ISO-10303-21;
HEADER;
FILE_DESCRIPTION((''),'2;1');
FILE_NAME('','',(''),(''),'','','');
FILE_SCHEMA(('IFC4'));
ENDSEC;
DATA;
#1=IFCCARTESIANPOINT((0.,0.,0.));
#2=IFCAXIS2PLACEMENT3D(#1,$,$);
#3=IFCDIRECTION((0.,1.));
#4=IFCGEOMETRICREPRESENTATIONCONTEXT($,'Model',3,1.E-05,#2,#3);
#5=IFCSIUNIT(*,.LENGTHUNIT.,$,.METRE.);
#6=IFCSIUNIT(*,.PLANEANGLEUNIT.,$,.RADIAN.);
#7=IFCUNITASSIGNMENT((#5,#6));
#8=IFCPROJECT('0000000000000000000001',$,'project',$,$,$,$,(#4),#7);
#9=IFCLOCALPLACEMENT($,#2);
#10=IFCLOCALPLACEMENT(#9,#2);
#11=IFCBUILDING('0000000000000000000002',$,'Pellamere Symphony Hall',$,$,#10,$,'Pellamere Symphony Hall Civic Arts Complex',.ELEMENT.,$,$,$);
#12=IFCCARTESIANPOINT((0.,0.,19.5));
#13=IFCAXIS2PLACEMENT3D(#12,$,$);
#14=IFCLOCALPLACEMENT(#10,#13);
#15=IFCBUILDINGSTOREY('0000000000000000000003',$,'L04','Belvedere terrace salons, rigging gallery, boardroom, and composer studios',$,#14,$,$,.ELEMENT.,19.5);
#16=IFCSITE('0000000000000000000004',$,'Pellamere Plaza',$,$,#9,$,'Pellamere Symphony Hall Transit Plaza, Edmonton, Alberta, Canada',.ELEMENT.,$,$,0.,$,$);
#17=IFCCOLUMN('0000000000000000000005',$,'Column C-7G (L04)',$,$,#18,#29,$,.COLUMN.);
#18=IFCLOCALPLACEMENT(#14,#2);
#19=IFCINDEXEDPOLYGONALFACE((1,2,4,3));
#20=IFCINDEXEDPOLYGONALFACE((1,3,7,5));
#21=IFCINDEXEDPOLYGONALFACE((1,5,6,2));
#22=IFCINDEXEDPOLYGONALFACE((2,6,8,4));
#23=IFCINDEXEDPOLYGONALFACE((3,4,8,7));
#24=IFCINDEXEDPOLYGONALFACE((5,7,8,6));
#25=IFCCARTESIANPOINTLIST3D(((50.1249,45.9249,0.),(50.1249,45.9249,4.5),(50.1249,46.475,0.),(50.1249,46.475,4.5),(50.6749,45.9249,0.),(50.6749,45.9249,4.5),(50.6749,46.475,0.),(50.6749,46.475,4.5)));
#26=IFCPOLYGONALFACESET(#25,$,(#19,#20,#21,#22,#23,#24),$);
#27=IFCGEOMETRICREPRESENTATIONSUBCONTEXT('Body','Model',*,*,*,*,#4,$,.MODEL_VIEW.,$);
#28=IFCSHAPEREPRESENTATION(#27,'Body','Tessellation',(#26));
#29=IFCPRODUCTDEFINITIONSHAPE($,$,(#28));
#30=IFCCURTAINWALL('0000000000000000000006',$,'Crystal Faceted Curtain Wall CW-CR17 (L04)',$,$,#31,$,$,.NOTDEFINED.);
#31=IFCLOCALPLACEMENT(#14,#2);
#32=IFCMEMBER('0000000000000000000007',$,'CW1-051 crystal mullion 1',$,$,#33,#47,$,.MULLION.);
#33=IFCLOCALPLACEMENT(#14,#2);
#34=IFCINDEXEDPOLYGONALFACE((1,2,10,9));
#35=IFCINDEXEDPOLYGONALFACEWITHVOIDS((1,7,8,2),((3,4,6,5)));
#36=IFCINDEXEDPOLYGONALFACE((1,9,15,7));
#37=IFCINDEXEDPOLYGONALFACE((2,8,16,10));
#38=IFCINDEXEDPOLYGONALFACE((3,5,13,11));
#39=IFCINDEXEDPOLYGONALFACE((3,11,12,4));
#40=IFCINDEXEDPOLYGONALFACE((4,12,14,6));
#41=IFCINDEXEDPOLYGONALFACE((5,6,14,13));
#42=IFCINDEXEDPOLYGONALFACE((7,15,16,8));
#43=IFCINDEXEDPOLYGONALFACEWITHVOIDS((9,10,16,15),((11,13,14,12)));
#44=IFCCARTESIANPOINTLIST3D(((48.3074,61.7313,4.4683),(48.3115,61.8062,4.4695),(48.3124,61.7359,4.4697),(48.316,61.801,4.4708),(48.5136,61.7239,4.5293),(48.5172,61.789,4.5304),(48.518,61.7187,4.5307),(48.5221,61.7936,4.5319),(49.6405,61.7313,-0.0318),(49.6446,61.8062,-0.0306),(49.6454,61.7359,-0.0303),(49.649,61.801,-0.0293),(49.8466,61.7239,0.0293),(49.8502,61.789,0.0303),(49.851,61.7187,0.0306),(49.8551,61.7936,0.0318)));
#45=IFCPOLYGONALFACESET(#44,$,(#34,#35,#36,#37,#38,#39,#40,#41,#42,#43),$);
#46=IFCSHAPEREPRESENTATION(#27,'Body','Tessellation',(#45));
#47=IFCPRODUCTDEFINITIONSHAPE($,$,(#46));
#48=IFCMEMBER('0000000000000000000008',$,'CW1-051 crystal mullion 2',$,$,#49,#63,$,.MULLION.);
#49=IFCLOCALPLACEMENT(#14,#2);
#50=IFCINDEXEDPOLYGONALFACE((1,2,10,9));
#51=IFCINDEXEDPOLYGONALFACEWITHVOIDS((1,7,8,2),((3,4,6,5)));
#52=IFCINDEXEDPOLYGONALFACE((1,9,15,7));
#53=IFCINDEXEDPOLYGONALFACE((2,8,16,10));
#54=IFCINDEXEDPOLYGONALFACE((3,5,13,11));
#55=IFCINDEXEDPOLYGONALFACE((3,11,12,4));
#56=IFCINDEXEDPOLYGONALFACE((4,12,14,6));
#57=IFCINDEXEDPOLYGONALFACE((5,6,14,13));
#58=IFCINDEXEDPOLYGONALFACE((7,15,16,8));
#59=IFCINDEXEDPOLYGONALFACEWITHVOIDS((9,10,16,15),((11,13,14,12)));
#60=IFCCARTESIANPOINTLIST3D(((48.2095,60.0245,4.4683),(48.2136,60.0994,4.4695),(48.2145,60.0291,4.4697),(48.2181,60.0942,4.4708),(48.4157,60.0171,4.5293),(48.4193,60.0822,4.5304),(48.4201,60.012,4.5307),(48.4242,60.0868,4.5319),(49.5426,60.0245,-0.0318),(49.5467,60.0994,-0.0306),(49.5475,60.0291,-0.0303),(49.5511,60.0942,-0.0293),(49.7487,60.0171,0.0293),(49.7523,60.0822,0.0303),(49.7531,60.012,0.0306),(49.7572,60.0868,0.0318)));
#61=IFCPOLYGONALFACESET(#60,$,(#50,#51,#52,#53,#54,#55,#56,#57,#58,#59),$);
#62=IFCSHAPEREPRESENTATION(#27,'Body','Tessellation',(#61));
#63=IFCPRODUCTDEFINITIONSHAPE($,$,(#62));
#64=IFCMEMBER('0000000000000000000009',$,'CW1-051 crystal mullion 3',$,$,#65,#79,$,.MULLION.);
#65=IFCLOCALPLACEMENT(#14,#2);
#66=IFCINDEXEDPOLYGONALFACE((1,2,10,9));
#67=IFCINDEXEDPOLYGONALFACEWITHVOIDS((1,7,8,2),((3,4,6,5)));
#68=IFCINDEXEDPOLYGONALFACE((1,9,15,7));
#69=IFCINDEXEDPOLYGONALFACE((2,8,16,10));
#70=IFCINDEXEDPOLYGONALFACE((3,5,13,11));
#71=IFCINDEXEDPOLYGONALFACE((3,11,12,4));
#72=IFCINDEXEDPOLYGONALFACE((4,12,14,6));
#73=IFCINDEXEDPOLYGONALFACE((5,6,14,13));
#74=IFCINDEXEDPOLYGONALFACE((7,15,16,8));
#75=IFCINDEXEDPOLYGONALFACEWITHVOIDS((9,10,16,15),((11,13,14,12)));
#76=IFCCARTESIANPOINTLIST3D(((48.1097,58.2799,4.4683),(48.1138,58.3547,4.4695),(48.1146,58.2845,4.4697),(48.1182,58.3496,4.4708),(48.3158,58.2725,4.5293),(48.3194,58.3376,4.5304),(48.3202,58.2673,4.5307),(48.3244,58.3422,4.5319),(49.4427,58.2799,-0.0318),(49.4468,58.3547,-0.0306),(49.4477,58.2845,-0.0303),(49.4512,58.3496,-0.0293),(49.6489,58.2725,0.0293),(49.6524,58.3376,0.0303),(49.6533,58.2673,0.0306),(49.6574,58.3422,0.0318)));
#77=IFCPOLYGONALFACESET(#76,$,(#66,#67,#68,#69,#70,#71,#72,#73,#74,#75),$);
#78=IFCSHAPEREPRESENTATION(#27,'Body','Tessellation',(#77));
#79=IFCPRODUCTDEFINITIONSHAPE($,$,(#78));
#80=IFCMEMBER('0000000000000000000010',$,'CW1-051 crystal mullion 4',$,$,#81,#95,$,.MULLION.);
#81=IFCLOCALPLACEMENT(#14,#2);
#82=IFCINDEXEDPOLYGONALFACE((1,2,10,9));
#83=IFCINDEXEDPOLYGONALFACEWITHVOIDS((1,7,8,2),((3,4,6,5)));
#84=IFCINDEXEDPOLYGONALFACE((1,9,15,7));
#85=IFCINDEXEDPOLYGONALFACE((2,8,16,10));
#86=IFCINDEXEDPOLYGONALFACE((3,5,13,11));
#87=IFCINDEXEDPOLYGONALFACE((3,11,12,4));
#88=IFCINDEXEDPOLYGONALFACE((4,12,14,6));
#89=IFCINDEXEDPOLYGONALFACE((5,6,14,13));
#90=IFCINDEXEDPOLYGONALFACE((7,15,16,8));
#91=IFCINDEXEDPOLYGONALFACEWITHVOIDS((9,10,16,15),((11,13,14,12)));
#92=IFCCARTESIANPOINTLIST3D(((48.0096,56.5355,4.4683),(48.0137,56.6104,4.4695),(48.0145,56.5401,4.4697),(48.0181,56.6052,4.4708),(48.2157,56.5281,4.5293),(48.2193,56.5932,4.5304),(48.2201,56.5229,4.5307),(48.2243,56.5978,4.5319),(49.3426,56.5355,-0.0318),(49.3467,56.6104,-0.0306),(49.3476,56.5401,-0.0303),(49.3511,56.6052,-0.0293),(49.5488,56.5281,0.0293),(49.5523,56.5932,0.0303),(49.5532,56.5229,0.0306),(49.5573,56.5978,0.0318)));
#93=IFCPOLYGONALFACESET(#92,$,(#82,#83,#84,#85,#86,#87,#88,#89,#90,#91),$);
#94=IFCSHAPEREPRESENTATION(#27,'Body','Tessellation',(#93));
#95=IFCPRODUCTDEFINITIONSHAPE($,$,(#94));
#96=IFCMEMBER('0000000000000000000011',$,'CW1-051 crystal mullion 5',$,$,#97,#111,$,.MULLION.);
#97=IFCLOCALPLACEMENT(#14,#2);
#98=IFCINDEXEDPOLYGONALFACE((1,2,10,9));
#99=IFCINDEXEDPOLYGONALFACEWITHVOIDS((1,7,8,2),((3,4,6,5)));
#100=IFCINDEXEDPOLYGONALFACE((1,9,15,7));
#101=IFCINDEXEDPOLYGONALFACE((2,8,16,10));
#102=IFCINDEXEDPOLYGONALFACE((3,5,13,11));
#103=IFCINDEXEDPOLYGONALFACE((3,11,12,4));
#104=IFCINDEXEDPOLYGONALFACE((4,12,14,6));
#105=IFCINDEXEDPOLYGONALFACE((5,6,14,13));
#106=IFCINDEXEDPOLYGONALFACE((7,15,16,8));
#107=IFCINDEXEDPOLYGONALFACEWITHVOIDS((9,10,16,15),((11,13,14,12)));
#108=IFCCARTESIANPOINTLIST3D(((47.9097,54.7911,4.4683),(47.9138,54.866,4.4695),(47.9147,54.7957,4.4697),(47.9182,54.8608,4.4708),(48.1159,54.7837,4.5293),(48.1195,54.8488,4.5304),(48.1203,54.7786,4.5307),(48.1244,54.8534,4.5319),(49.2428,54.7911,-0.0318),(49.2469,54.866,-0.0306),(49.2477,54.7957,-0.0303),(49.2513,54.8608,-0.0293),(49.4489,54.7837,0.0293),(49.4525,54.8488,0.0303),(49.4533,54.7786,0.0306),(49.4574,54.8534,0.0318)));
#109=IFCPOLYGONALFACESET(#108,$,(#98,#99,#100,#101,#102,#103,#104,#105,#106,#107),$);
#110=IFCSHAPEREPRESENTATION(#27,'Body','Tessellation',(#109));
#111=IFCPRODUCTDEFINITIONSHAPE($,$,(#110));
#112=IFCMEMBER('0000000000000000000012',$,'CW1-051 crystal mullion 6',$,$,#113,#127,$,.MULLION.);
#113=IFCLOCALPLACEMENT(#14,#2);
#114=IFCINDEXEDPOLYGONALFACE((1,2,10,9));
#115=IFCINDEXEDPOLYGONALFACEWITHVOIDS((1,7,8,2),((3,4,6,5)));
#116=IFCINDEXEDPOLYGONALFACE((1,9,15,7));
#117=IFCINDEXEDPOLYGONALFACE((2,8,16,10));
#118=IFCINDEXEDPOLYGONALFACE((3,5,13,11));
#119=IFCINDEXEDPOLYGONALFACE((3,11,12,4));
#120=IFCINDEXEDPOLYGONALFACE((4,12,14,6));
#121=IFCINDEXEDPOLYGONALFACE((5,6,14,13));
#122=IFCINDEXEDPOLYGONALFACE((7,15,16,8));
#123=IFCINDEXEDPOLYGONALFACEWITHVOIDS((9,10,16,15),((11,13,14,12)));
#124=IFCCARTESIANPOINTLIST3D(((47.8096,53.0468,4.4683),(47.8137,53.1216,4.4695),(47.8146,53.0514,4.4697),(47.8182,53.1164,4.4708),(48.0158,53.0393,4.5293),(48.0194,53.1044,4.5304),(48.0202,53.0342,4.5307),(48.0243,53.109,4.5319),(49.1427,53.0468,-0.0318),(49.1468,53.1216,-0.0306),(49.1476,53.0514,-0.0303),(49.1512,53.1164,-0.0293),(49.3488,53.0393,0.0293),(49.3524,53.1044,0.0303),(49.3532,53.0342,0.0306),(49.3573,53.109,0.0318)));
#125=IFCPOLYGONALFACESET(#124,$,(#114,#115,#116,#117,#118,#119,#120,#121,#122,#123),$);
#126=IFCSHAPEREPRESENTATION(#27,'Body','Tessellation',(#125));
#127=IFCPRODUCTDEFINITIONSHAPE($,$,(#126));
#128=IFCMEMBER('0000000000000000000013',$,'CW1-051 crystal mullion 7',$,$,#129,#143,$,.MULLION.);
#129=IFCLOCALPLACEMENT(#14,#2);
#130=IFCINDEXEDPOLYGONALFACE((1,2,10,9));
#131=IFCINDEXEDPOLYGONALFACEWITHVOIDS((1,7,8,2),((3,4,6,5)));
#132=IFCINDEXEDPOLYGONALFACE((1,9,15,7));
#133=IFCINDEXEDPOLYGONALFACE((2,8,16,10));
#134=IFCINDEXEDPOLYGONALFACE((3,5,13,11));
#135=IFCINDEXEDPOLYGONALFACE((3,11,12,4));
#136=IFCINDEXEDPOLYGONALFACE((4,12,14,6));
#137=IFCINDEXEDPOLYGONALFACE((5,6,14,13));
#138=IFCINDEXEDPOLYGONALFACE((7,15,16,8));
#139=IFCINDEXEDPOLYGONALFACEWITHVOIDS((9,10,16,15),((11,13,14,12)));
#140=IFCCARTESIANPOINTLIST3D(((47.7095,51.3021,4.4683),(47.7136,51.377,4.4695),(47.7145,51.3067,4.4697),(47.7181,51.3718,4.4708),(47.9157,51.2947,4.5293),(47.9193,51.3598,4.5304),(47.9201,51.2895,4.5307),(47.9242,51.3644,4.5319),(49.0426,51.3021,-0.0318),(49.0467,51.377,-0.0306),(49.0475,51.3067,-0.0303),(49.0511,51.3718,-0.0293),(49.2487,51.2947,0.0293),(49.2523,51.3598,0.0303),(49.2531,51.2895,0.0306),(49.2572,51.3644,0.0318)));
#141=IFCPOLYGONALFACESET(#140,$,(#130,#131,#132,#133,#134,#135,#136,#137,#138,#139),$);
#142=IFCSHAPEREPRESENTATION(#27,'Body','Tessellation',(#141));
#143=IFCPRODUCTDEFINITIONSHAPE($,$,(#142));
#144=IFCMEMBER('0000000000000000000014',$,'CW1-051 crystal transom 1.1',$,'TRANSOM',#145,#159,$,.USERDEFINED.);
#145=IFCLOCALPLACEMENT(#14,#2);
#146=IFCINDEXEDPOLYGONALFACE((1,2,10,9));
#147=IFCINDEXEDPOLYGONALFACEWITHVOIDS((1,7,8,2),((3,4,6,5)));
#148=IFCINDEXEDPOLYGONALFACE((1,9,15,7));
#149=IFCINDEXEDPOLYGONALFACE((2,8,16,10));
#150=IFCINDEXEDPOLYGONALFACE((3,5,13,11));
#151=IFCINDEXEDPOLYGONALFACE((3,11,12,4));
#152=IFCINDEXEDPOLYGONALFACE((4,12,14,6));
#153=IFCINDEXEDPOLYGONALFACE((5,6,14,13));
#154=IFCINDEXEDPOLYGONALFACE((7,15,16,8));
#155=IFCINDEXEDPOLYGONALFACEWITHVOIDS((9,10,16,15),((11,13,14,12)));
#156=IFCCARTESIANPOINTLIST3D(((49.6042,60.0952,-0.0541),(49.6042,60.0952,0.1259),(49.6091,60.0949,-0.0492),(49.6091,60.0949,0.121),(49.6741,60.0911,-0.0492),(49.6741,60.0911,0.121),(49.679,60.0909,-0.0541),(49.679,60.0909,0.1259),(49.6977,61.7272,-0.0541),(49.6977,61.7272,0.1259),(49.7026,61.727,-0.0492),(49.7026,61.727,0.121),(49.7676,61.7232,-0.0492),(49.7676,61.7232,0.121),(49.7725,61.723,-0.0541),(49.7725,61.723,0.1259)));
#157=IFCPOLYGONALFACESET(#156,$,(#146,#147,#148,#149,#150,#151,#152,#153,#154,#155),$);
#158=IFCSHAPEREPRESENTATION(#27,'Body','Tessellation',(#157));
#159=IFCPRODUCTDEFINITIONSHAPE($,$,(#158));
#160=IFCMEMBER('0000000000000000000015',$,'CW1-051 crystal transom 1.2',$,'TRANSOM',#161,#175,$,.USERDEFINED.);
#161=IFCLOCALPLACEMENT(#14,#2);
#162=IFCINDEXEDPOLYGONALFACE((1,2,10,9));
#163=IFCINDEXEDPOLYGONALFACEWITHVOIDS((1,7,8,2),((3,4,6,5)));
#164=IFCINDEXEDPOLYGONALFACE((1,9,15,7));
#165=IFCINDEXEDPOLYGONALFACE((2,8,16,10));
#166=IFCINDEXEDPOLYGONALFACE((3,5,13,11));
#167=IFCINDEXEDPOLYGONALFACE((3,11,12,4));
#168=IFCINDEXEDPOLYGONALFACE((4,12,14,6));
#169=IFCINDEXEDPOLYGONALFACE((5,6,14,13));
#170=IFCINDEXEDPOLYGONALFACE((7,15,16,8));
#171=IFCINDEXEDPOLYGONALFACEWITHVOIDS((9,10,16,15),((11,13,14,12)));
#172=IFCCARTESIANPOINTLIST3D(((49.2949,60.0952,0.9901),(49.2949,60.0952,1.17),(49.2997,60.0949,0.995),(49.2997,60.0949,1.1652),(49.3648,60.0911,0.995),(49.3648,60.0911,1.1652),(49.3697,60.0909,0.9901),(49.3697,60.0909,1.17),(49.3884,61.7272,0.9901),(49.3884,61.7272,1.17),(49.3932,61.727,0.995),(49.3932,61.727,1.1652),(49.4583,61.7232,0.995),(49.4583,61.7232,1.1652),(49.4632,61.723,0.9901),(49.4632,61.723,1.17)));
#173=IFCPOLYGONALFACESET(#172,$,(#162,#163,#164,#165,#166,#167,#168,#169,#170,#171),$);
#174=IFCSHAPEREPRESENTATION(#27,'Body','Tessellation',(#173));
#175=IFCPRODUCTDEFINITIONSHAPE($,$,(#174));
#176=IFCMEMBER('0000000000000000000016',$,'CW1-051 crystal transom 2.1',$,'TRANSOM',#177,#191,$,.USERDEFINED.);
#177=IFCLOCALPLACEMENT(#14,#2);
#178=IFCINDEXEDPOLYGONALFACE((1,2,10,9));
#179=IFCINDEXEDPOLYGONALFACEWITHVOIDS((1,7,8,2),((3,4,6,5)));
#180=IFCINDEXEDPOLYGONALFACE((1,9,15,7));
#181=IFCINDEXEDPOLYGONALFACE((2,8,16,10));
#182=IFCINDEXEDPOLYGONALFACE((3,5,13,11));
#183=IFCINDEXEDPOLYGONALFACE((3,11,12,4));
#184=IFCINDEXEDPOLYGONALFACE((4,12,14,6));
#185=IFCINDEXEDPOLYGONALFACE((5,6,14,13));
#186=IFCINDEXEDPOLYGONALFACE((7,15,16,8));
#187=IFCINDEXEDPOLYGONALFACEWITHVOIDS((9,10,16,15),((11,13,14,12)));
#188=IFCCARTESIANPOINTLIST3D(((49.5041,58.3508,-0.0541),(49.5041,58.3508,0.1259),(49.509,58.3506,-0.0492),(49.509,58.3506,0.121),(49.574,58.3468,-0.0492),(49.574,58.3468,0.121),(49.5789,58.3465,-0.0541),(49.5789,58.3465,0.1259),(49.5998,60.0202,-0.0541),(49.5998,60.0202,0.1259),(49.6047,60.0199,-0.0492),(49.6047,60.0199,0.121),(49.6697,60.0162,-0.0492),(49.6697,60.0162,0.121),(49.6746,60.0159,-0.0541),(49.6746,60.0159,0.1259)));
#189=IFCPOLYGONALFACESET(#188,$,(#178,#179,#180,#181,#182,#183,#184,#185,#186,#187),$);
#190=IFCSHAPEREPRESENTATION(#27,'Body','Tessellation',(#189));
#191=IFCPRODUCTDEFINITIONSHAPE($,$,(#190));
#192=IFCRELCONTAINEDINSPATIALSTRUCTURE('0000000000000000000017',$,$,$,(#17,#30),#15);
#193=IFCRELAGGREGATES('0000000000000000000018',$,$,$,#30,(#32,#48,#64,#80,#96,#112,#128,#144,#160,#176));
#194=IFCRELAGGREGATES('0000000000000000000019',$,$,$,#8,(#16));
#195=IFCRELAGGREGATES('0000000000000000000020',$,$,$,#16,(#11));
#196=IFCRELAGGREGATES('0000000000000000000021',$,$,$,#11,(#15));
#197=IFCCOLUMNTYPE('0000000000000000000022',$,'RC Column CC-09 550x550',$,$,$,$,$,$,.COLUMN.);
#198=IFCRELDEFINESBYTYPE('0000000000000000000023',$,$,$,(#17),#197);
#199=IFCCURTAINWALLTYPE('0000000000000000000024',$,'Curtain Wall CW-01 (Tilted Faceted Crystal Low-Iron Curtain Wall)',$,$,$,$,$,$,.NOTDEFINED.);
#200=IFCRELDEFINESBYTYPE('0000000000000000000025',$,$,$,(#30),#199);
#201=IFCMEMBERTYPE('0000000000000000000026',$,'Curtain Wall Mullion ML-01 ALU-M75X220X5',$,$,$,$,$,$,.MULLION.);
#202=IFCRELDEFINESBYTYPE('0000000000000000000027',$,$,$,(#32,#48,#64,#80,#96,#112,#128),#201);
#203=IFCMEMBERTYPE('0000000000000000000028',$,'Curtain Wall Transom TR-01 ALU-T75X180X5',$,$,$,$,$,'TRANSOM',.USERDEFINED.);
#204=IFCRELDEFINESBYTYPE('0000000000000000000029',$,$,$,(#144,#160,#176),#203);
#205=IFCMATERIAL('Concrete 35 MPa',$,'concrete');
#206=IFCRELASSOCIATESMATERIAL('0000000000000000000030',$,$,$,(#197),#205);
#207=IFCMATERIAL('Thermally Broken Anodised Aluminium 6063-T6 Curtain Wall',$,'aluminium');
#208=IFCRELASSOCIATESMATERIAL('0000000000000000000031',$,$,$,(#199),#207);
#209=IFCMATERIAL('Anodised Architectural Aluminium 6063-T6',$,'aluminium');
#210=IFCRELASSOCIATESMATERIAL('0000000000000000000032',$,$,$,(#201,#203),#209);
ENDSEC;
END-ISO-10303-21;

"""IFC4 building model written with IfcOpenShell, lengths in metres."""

from ifc_helpers import new_model, si_unit, direction, frame, origin, origin_2d, place, context, subcontext, project, spatial, rectangle, hollow_rectangle, extrude, material, material_profile, profile_set, type_object, element, aggregate, save


model = new_model("IFC4")

# Units and contexts
model_context = context("Model", 3, precision=1e-05, world=origin(), true_north=direction((0.0, 1.0)))
body_context = subcontext(model_context, "Body", "Model", "MODEL_VIEW")
ifc_project = project(units=[si_unit("LENGTHUNIT", "METRE"), si_unit("PLANEANGLEUNIT", "RADIAN")], contexts=[model_context])

# Site, building, storey
site_placement = place(None, origin())
site = spatial("IfcSite", under=ifc_project, at=site_placement, Name="Pellamere Plaza", LongName="Pellamere Symphony Hall Transit Plaza, Edmonton, Alberta, Canada", CompositionType="ELEMENT", RefElevation=0.0)
building_placement = place(site_placement, origin())
building = spatial("IfcBuilding", under=site, at=building_placement, Name="Pellamere Symphony Hall", LongName="Pellamere Symphony Hall Civic Arts Complex", CompositionType="ELEMENT")
storey_placement = place(building_placement, frame((0.0, 0.0, 19.5)))
storey = spatial("IfcBuildingStorey", under=building, at=storey_placement, Name="L04", Description="Belvedere terrace salons, rigging gallery, boardroom, and composer studios", CompositionType="ELEMENT", Elevation=19.5)

# Column
ifc_material_1 = material(Name="Concrete 35 MPa", Category="concrete")
ifc_material_profile_1 = material_profile(ifc_material_1, rectangle(XDim=0.55, YDim=0.55, at=origin_2d()), Name="RC 550x550")
ifc_profile_set_1 = profile_set([ifc_material_profile_1], Name="Concrete 35 MPa")
column_type = type_object("IfcColumnType", Name="RC Column CC-09 550x550", PredefinedType="COLUMN", material=ifc_profile_set_1)
column_placement = place(storey_placement, frame((50.3999, 46.2, 0.0), z_axis=(0.0, 0.0, 1.0), x_axis=(1.0, 0.0, 0.0)))
element("IfcColumn", 1, at=column_placement, inside=storey, type_object=column_type, Name="Column C-7G (L04)", PredefinedType="COLUMN", context=body_context, shape_type="SweptSolid", body=[
    extrude(rectangle(XDim=0.55, YDim=0.55, at=origin_2d()), origin(), (0.0, 0.0, 1.0), 4.5),
])

# Curtain wall, members
ifc_material_2 = material(Name="Thermally Broken Anodised Aluminium 6063-T6 Curtain Wall", Category="aluminium")
curtain_wall_type = type_object("IfcCurtainWallType", Name="Curtain Wall CW-01 (Tilted Faceted Crystal Low-Iron Curtain Wall)", PredefinedType="NOTDEFINED", material=ifc_material_2)
curtain_wall_placement = place(storey_placement, origin())
curtain_wall = element("IfcCurtainWall", 2, at=curtain_wall_placement, inside=storey, type_object=curtain_wall_type, Name="Crystal Faceted Curtain Wall CW-CR17 (L04)", PredefinedType="NOTDEFINED")
ifc_material_3 = material(Name="Anodised Architectural Aluminium 6063-T6", Category="aluminium")
ifc_material_profile_2 = material_profile(ifc_material_3, hollow_rectangle(XDim=0.075, YDim=0.22, WallThickness=0.0049, at=origin_2d()), Name="ALU-M75X220X5")
ifc_profile_set_2 = profile_set([ifc_material_profile_2], Name="Anodised Architectural Aluminium 6063-T6")
member_type_1 = type_object("IfcMemberType", Name="Curtain Wall Mullion ML-01 ALU-M75X220X5", PredefinedType="MULLION", material=ifc_profile_set_2)
member_1_placement = place(storey_placement, frame((49.7478, 61.7625, 0.0), z_axis=(-0.284025, 0.0, 0.958817), x_axis=(-0.054874, -0.998361, -0.016255)))
member_1 = element("IfcMember", 3, at=member_1_placement, type_object=member_type_1, Name="CW1-051 crystal mullion 1", PredefinedType="MULLION", context=body_context, shape_type="SweptSolid", body=[
    extrude(hollow_rectangle(XDim=0.075, YDim=0.22, WallThickness=0.0049, at=origin_2d()), origin(), (0.0, 0.0, 1.0), 4.6934),
])
member_2_placement = place(storey_placement, frame((49.6499, 60.0557, 0.0), z_axis=(-0.284025, 0.0, 0.958817), x_axis=(-0.054874, -0.998361, -0.016255)))
member_2 = element("IfcMember", 4, at=member_2_placement, type_object=member_type_1, Name="CW1-051 crystal mullion 2", PredefinedType="MULLION", context=body_context, shape_type="SweptSolid", body=[
    extrude(hollow_rectangle(XDim=0.075, YDim=0.22, WallThickness=0.0049, at=origin_2d()), origin(), (0.0, 0.0, 1.0), 4.6934),
])
member_3_placement = place(storey_placement, frame((49.55, 58.311, 0.0), z_axis=(-0.284025, 0.0, 0.958817), x_axis=(-0.054874, -0.998361, -0.016255)))
member_3 = element("IfcMember", 5, at=member_3_placement, type_object=member_type_1, Name="CW1-051 crystal mullion 3", PredefinedType="MULLION", context=body_context, shape_type="SweptSolid", body=[
    extrude(hollow_rectangle(XDim=0.075, YDim=0.22, WallThickness=0.0049, at=origin_2d()), origin(), (0.0, 0.0, 1.0), 4.6934),
])
member_4_placement = place(storey_placement, frame((49.45, 56.5667, 0.0), z_axis=(-0.284025, 0.0, 0.958817), x_axis=(-0.054874, -0.998361, -0.016255)))
member_4 = element("IfcMember", 6, at=member_4_placement, type_object=member_type_1, Name="CW1-051 crystal mullion 4", PredefinedType="MULLION", context=body_context, shape_type="SweptSolid", body=[
    extrude(hollow_rectangle(XDim=0.075, YDim=0.22, WallThickness=0.0049, at=origin_2d()), origin(), (0.0, 0.0, 1.0), 4.6934),
])
member_5_placement = place(storey_placement, frame((49.3501, 54.8223, 0.0), z_axis=(-0.284025, 0.0, 0.958817), x_axis=(-0.054874, -0.998361, -0.016255)))
member_5 = element("IfcMember", 7, at=member_5_placement, type_object=member_type_1, Name="CW1-051 crystal mullion 5", PredefinedType="MULLION", context=body_context, shape_type="SweptSolid", body=[
    extrude(hollow_rectangle(XDim=0.075, YDim=0.22, WallThickness=0.0049, at=origin_2d()), origin(), (0.0, 0.0, 1.0), 4.6934),
])
member_6_placement = place(storey_placement, frame((49.25, 53.0779, 0.0), z_axis=(-0.284025, 0.0, 0.958817), x_axis=(-0.054874, -0.998361, -0.016255)))
member_6 = element("IfcMember", 8, at=member_6_placement, type_object=member_type_1, Name="CW1-051 crystal mullion 6", PredefinedType="MULLION", context=body_context, shape_type="SweptSolid", body=[
    extrude(hollow_rectangle(XDim=0.075, YDim=0.22, WallThickness=0.0049, at=origin_2d()), origin(), (0.0, 0.0, 1.0), 4.6934),
])
member_7_placement = place(storey_placement, frame((49.1499, 51.3333, 0.0), z_axis=(-0.284025, 0.0, 0.958817), x_axis=(-0.054874, -0.998361, -0.016255)))
member_7 = element("IfcMember", 9, at=member_7_placement, type_object=member_type_1, Name="CW1-051 crystal mullion 7", PredefinedType="MULLION", context=body_context, shape_type="SweptSolid", body=[
    extrude(hollow_rectangle(XDim=0.075, YDim=0.22, WallThickness=0.0049, at=origin_2d()), origin(), (0.0, 0.0, 1.0), 4.6934),
])
ifc_material_profile_3 = material_profile(ifc_material_3, hollow_rectangle(XDim=0.075, YDim=0.1799, WallThickness=0.0049, at=origin_2d()), Name="ALU-T75X180X5")
ifc_profile_set_3 = profile_set([ifc_material_profile_3], Name="Anodised Architectural Aluminium 6063-T6")
member_type_2 = type_object("IfcMemberType", Name="Curtain Wall Transom TR-01 ALU-T75X180X5", ElementType="TRANSOM", PredefinedType="USERDEFINED", material=ifc_profile_set_3)
member_8_placement = place(storey_placement, frame((49.7351, 61.7251, 0.0359), z_axis=(-0.057199, -0.998363, 0.0), x_axis=(0.998363, -0.057199, 0.0)))
member_8 = element("IfcMember", 10, at=member_8_placement, type_object=member_type_2, Name="CW1-051 crystal transom 1.1", ObjectType="TRANSOM", PredefinedType="USERDEFINED", context=body_context, shape_type="SweptSolid", body=[
    extrude(hollow_rectangle(XDim=0.075, YDim=0.1799, WallThickness=0.0049, at=origin_2d()), origin(), (0.0, 0.0, 1.0), 1.6348),
])
member_9_placement = place(storey_placement, frame((49.4258, 61.7251, 1.0801), z_axis=(-0.057199, -0.998363, 0.0), x_axis=(0.998363, -0.057199, 0.0)))
member_9 = element("IfcMember", 11, at=member_9_placement, type_object=member_type_2, Name="CW1-051 crystal transom 1.2", ObjectType="TRANSOM", PredefinedType="USERDEFINED", context=body_context, shape_type="SweptSolid", body=[
    extrude(hollow_rectangle(XDim=0.075, YDim=0.1799, WallThickness=0.0049, at=origin_2d()), origin(), (0.0, 0.0, 1.0), 1.6348),
])
member_10_placement = place(storey_placement, frame((49.6372, 60.0181, 0.0359), z_axis=(-0.057233, -0.998361, 0.0), x_axis=(0.998361, -0.057233, 0.0)))
member_10 = element("IfcMember", 12, at=member_10_placement, type_object=member_type_2, Name="CW1-051 crystal transom 2.1", ObjectType="TRANSOM", PredefinedType="USERDEFINED", context=body_context, shape_type="SweptSolid", body=[
    extrude(hollow_rectangle(XDim=0.075, YDim=0.1799, WallThickness=0.0049, at=origin_2d()), origin(), (0.0, 0.0, 1.0), 1.6721),
])

aggregate(curtain_wall, [member_1, member_2, member_3, member_4, member_5, member_6, member_7, member_8, member_9, member_10])

save(model, "model.ifc")
